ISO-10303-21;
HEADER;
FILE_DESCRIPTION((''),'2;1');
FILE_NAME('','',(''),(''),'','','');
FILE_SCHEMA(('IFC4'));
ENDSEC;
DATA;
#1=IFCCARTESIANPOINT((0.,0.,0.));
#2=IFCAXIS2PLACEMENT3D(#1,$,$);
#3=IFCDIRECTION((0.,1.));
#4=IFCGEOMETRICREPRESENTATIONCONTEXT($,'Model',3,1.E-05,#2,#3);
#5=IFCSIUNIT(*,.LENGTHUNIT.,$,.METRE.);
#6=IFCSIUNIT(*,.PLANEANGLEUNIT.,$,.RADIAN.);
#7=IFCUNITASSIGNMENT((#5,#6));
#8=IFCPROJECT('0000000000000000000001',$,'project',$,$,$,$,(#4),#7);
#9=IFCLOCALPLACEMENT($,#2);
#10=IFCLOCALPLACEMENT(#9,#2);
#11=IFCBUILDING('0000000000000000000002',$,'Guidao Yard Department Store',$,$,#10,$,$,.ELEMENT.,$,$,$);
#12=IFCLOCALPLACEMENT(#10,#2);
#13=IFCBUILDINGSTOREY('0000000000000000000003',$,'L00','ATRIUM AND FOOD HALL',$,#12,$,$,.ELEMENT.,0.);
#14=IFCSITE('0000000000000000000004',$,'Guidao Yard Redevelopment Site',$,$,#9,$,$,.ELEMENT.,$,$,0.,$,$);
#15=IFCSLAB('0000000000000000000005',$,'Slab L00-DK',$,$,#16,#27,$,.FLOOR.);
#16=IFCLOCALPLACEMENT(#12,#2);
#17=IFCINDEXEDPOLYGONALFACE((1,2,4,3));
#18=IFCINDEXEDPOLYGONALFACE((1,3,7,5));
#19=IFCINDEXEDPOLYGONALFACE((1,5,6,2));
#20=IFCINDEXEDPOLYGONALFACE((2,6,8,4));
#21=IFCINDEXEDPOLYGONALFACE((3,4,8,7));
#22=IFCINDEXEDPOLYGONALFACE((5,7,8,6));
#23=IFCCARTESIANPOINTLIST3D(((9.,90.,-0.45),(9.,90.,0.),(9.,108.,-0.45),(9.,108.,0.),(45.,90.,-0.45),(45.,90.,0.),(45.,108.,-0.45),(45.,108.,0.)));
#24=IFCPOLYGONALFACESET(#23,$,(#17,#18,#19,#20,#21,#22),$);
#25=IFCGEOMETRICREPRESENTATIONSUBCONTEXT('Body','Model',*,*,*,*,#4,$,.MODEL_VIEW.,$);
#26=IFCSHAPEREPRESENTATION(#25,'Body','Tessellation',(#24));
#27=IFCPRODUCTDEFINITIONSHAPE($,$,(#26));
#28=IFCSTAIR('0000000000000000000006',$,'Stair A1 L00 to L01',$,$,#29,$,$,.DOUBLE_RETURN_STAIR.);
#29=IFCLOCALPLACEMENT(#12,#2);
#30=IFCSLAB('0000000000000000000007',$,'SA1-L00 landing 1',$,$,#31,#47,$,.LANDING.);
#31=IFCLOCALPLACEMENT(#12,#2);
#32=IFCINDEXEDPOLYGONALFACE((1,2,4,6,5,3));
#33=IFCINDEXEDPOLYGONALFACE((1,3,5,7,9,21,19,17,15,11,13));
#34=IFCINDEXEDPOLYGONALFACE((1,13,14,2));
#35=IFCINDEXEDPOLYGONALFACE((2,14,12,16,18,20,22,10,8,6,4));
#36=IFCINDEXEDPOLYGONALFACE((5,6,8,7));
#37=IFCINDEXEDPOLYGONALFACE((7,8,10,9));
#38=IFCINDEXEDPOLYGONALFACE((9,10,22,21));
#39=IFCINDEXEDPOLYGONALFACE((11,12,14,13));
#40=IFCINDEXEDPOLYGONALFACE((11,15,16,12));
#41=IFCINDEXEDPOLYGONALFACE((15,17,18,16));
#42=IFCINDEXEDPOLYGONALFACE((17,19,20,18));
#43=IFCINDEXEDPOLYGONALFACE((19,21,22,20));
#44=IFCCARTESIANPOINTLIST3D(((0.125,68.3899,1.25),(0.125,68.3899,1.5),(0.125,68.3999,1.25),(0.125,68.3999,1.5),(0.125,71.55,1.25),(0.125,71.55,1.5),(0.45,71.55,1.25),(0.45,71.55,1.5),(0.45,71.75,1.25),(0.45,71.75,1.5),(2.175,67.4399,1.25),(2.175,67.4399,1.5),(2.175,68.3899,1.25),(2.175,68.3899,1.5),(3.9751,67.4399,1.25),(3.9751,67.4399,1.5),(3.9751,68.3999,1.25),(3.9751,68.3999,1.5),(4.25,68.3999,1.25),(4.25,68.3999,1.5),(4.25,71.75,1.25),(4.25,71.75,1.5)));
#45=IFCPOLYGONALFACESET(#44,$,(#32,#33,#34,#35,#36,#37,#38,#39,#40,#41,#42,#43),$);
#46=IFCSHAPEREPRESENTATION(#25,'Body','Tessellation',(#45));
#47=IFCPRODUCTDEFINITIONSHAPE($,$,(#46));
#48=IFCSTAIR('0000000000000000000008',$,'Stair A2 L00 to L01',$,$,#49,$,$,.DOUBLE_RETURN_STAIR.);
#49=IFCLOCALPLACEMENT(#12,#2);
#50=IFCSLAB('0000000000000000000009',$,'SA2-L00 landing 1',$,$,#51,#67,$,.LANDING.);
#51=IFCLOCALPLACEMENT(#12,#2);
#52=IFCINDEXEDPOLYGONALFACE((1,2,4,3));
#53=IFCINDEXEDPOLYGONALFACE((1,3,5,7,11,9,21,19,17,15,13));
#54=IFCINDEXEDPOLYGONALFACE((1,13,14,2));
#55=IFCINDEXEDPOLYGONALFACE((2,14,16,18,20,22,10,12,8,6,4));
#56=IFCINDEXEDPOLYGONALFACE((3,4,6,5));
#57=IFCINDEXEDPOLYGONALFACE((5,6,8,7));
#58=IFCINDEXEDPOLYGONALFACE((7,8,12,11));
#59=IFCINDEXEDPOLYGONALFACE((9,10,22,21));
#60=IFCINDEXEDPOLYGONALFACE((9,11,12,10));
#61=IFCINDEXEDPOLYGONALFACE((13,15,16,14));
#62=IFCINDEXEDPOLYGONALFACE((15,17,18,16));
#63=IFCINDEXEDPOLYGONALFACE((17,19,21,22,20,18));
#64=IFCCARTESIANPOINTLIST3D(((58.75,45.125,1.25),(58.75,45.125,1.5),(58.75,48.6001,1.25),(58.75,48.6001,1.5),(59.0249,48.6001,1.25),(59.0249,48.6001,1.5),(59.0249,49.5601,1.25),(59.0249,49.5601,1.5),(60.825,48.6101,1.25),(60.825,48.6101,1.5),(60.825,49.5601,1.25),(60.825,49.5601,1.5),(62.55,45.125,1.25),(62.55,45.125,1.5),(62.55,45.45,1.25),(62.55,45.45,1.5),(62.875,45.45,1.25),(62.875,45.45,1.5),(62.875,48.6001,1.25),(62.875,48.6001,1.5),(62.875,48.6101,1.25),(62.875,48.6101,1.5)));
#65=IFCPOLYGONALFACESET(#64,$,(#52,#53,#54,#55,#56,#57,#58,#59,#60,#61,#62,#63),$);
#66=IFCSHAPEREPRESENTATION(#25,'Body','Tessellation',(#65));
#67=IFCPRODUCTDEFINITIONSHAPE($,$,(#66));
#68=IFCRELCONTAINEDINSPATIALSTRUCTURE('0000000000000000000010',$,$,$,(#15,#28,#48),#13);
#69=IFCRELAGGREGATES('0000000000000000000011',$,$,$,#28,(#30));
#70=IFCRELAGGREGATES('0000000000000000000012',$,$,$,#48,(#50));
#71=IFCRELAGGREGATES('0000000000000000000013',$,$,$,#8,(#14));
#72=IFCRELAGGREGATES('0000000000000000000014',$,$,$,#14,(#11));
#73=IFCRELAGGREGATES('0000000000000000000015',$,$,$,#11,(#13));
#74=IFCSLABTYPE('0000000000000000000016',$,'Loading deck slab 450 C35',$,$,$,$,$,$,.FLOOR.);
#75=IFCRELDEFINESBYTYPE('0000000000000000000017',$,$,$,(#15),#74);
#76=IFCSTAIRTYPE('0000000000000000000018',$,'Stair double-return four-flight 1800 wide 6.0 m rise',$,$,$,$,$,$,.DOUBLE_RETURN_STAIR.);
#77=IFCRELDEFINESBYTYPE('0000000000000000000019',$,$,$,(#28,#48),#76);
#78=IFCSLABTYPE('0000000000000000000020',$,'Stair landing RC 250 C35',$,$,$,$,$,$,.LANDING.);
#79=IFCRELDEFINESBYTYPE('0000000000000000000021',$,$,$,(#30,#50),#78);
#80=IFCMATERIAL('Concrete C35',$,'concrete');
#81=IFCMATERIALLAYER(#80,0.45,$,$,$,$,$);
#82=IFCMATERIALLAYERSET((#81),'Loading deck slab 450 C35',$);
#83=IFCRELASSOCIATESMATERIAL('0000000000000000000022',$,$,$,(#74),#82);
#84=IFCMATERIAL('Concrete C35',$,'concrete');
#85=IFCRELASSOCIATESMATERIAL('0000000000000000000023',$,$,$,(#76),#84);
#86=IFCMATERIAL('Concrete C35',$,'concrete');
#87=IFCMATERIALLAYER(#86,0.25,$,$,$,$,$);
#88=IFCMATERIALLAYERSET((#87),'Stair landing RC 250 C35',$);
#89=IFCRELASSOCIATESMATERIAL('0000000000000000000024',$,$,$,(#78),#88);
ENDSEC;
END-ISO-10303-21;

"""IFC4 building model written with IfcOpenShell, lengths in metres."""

from ifc_helpers import new_model, si_unit, direction, frame, origin, place, context, subcontext, project, spatial, polyline, outline, extrude, material, layer, layer_set, type_object, element, aggregate, save


model = new_model("IFC4")

# Units and contexts
model_context = context("Model", 3, precision=1e-05, world=origin(), true_north=direction((0.0, 1.0)))
body_context = subcontext(model_context, "Body", "Model", "MODEL_VIEW")
ifc_project = project(units=[si_unit("LENGTHUNIT", "METRE"), si_unit("PLANEANGLEUNIT", "RADIAN")], contexts=[model_context])

# Site, building, storey
site_placement = place(None, origin())
site = spatial("IfcSite", under=ifc_project, at=site_placement, Name="Guidao Yard Redevelopment Site", CompositionType="ELEMENT", RefElevation=0.0)
building_placement = place(site_placement, origin())
building = spatial("IfcBuilding", under=site, at=building_placement, Name="Guidao Yard Department Store", CompositionType="ELEMENT")
storey_placement = place(building_placement, origin())
storey = spatial("IfcBuildingStorey", under=building, at=storey_placement, Name="L00", Description="ATRIUM AND FOOD HALL", CompositionType="ELEMENT", Elevation=0.0)

# Slab
ifc_material_1 = material(Name="Concrete C35", Category="concrete")
ifc_layer_1 = layer(ifc_material_1, 0.45)
ifc_layer_set_1 = layer_set([ifc_layer_1], Name="Loading deck slab 450 C35")
slab_type_1 = type_object("IfcSlabType", Name="Loading deck slab 450 C35", PredefinedType="FLOOR", material=ifc_layer_set_1)
slab_1_placement = place(storey_placement, frame((0.0, 0.0, -0.45)))
element("IfcSlab", 1, at=slab_1_placement, inside=storey, type_object=slab_type_1, Name="Slab L00-DK", PredefinedType="FLOOR", context=body_context, shape_type="SweptSolid", body=[
    extrude(outline(polyline([(45.0, 108.0), (45.0, 90.0), (9.0, 90.0), (9.0, 108.0), (45.0, 108.0)])), origin(), (0.0, 0.0, 1.0), 0.45),
])

# Stairs, slabs
ifc_material_2 = material(Name="Concrete C35", Category="concrete")
stair_type = type_object("IfcStairType", Name="Stair double-return four-flight 1800 wide 6.0 m rise", PredefinedType="DOUBLE_RETURN_STAIR", material=ifc_material_2)
stair_1_placement = place(storey_placement, origin())
stair_1 = element("IfcStair", 2, at=stair_1_placement, inside=storey, type_object=stair_type, Name="Stair A1 L00 to L01", PredefinedType="DOUBLE_RETURN_STAIR")
ifc_material_3 = material(Name="Concrete C35", Category="concrete")
ifc_layer_2 = layer(ifc_material_3, 0.25)
ifc_layer_set_2 = layer_set([ifc_layer_2], Name="Stair landing RC 250 C35")
slab_type_2 = type_object("IfcSlabType", Name="Stair landing RC 250 C35", PredefinedType="LANDING", material=ifc_layer_set_2)
slab_2_placement = place(storey_placement, frame((0.0, 0.0, 1.25)))
slab_2 = element("IfcSlab", 3, at=slab_2_placement, type_object=slab_type_2, Name="SA1-L00 landing 1", PredefinedType="LANDING", context=body_context, shape_type="SweptSolid", body=[
    extrude(outline(polyline([(2.175, 68.3899), (0.125, 68.3899), (0.125, 68.3999), (0.125, 71.55), (0.45, 71.55), (0.45, 71.75), (4.25, 71.75), (4.25, 68.3999), (3.9751, 68.3999), (3.9751, 67.4399), (2.175, 67.4399), (2.175, 68.3899)])), origin(), (0.0, 0.0, 1.0), 0.25),
])
aggregate(stair_1, [slab_2])
stair_2_placement = place(storey_placement, origin())
stair_2 = element("IfcStair", 4, at=stair_2_placement, inside=storey, type_object=stair_type, Name="Stair A2 L00 to L01", PredefinedType="DOUBLE_RETURN_STAIR")
slab_3_placement = place(storey_placement, frame((0.0, 0.0, 1.25)))
slab_3 = element("IfcSlab", 5, at=slab_3_placement, type_object=slab_type_2, Name="SA2-L00 landing 1", PredefinedType="LANDING", context=body_context, shape_type="SweptSolid", body=[
    extrude(outline(polyline([(58.75, 48.6001), (59.0249, 48.6001), (59.0249, 49.5601), (60.825, 49.5601), (60.825, 48.6101), (62.875, 48.6101), (62.875, 48.6001), (62.875, 45.45), (62.55, 45.45), (62.55, 45.125), (58.75, 45.125), (58.75, 48.6001)])), origin(), (0.0, 0.0, 1.0), 0.25),
])
aggregate(stair_2, [slab_3])

save(model, "model.ifc")
